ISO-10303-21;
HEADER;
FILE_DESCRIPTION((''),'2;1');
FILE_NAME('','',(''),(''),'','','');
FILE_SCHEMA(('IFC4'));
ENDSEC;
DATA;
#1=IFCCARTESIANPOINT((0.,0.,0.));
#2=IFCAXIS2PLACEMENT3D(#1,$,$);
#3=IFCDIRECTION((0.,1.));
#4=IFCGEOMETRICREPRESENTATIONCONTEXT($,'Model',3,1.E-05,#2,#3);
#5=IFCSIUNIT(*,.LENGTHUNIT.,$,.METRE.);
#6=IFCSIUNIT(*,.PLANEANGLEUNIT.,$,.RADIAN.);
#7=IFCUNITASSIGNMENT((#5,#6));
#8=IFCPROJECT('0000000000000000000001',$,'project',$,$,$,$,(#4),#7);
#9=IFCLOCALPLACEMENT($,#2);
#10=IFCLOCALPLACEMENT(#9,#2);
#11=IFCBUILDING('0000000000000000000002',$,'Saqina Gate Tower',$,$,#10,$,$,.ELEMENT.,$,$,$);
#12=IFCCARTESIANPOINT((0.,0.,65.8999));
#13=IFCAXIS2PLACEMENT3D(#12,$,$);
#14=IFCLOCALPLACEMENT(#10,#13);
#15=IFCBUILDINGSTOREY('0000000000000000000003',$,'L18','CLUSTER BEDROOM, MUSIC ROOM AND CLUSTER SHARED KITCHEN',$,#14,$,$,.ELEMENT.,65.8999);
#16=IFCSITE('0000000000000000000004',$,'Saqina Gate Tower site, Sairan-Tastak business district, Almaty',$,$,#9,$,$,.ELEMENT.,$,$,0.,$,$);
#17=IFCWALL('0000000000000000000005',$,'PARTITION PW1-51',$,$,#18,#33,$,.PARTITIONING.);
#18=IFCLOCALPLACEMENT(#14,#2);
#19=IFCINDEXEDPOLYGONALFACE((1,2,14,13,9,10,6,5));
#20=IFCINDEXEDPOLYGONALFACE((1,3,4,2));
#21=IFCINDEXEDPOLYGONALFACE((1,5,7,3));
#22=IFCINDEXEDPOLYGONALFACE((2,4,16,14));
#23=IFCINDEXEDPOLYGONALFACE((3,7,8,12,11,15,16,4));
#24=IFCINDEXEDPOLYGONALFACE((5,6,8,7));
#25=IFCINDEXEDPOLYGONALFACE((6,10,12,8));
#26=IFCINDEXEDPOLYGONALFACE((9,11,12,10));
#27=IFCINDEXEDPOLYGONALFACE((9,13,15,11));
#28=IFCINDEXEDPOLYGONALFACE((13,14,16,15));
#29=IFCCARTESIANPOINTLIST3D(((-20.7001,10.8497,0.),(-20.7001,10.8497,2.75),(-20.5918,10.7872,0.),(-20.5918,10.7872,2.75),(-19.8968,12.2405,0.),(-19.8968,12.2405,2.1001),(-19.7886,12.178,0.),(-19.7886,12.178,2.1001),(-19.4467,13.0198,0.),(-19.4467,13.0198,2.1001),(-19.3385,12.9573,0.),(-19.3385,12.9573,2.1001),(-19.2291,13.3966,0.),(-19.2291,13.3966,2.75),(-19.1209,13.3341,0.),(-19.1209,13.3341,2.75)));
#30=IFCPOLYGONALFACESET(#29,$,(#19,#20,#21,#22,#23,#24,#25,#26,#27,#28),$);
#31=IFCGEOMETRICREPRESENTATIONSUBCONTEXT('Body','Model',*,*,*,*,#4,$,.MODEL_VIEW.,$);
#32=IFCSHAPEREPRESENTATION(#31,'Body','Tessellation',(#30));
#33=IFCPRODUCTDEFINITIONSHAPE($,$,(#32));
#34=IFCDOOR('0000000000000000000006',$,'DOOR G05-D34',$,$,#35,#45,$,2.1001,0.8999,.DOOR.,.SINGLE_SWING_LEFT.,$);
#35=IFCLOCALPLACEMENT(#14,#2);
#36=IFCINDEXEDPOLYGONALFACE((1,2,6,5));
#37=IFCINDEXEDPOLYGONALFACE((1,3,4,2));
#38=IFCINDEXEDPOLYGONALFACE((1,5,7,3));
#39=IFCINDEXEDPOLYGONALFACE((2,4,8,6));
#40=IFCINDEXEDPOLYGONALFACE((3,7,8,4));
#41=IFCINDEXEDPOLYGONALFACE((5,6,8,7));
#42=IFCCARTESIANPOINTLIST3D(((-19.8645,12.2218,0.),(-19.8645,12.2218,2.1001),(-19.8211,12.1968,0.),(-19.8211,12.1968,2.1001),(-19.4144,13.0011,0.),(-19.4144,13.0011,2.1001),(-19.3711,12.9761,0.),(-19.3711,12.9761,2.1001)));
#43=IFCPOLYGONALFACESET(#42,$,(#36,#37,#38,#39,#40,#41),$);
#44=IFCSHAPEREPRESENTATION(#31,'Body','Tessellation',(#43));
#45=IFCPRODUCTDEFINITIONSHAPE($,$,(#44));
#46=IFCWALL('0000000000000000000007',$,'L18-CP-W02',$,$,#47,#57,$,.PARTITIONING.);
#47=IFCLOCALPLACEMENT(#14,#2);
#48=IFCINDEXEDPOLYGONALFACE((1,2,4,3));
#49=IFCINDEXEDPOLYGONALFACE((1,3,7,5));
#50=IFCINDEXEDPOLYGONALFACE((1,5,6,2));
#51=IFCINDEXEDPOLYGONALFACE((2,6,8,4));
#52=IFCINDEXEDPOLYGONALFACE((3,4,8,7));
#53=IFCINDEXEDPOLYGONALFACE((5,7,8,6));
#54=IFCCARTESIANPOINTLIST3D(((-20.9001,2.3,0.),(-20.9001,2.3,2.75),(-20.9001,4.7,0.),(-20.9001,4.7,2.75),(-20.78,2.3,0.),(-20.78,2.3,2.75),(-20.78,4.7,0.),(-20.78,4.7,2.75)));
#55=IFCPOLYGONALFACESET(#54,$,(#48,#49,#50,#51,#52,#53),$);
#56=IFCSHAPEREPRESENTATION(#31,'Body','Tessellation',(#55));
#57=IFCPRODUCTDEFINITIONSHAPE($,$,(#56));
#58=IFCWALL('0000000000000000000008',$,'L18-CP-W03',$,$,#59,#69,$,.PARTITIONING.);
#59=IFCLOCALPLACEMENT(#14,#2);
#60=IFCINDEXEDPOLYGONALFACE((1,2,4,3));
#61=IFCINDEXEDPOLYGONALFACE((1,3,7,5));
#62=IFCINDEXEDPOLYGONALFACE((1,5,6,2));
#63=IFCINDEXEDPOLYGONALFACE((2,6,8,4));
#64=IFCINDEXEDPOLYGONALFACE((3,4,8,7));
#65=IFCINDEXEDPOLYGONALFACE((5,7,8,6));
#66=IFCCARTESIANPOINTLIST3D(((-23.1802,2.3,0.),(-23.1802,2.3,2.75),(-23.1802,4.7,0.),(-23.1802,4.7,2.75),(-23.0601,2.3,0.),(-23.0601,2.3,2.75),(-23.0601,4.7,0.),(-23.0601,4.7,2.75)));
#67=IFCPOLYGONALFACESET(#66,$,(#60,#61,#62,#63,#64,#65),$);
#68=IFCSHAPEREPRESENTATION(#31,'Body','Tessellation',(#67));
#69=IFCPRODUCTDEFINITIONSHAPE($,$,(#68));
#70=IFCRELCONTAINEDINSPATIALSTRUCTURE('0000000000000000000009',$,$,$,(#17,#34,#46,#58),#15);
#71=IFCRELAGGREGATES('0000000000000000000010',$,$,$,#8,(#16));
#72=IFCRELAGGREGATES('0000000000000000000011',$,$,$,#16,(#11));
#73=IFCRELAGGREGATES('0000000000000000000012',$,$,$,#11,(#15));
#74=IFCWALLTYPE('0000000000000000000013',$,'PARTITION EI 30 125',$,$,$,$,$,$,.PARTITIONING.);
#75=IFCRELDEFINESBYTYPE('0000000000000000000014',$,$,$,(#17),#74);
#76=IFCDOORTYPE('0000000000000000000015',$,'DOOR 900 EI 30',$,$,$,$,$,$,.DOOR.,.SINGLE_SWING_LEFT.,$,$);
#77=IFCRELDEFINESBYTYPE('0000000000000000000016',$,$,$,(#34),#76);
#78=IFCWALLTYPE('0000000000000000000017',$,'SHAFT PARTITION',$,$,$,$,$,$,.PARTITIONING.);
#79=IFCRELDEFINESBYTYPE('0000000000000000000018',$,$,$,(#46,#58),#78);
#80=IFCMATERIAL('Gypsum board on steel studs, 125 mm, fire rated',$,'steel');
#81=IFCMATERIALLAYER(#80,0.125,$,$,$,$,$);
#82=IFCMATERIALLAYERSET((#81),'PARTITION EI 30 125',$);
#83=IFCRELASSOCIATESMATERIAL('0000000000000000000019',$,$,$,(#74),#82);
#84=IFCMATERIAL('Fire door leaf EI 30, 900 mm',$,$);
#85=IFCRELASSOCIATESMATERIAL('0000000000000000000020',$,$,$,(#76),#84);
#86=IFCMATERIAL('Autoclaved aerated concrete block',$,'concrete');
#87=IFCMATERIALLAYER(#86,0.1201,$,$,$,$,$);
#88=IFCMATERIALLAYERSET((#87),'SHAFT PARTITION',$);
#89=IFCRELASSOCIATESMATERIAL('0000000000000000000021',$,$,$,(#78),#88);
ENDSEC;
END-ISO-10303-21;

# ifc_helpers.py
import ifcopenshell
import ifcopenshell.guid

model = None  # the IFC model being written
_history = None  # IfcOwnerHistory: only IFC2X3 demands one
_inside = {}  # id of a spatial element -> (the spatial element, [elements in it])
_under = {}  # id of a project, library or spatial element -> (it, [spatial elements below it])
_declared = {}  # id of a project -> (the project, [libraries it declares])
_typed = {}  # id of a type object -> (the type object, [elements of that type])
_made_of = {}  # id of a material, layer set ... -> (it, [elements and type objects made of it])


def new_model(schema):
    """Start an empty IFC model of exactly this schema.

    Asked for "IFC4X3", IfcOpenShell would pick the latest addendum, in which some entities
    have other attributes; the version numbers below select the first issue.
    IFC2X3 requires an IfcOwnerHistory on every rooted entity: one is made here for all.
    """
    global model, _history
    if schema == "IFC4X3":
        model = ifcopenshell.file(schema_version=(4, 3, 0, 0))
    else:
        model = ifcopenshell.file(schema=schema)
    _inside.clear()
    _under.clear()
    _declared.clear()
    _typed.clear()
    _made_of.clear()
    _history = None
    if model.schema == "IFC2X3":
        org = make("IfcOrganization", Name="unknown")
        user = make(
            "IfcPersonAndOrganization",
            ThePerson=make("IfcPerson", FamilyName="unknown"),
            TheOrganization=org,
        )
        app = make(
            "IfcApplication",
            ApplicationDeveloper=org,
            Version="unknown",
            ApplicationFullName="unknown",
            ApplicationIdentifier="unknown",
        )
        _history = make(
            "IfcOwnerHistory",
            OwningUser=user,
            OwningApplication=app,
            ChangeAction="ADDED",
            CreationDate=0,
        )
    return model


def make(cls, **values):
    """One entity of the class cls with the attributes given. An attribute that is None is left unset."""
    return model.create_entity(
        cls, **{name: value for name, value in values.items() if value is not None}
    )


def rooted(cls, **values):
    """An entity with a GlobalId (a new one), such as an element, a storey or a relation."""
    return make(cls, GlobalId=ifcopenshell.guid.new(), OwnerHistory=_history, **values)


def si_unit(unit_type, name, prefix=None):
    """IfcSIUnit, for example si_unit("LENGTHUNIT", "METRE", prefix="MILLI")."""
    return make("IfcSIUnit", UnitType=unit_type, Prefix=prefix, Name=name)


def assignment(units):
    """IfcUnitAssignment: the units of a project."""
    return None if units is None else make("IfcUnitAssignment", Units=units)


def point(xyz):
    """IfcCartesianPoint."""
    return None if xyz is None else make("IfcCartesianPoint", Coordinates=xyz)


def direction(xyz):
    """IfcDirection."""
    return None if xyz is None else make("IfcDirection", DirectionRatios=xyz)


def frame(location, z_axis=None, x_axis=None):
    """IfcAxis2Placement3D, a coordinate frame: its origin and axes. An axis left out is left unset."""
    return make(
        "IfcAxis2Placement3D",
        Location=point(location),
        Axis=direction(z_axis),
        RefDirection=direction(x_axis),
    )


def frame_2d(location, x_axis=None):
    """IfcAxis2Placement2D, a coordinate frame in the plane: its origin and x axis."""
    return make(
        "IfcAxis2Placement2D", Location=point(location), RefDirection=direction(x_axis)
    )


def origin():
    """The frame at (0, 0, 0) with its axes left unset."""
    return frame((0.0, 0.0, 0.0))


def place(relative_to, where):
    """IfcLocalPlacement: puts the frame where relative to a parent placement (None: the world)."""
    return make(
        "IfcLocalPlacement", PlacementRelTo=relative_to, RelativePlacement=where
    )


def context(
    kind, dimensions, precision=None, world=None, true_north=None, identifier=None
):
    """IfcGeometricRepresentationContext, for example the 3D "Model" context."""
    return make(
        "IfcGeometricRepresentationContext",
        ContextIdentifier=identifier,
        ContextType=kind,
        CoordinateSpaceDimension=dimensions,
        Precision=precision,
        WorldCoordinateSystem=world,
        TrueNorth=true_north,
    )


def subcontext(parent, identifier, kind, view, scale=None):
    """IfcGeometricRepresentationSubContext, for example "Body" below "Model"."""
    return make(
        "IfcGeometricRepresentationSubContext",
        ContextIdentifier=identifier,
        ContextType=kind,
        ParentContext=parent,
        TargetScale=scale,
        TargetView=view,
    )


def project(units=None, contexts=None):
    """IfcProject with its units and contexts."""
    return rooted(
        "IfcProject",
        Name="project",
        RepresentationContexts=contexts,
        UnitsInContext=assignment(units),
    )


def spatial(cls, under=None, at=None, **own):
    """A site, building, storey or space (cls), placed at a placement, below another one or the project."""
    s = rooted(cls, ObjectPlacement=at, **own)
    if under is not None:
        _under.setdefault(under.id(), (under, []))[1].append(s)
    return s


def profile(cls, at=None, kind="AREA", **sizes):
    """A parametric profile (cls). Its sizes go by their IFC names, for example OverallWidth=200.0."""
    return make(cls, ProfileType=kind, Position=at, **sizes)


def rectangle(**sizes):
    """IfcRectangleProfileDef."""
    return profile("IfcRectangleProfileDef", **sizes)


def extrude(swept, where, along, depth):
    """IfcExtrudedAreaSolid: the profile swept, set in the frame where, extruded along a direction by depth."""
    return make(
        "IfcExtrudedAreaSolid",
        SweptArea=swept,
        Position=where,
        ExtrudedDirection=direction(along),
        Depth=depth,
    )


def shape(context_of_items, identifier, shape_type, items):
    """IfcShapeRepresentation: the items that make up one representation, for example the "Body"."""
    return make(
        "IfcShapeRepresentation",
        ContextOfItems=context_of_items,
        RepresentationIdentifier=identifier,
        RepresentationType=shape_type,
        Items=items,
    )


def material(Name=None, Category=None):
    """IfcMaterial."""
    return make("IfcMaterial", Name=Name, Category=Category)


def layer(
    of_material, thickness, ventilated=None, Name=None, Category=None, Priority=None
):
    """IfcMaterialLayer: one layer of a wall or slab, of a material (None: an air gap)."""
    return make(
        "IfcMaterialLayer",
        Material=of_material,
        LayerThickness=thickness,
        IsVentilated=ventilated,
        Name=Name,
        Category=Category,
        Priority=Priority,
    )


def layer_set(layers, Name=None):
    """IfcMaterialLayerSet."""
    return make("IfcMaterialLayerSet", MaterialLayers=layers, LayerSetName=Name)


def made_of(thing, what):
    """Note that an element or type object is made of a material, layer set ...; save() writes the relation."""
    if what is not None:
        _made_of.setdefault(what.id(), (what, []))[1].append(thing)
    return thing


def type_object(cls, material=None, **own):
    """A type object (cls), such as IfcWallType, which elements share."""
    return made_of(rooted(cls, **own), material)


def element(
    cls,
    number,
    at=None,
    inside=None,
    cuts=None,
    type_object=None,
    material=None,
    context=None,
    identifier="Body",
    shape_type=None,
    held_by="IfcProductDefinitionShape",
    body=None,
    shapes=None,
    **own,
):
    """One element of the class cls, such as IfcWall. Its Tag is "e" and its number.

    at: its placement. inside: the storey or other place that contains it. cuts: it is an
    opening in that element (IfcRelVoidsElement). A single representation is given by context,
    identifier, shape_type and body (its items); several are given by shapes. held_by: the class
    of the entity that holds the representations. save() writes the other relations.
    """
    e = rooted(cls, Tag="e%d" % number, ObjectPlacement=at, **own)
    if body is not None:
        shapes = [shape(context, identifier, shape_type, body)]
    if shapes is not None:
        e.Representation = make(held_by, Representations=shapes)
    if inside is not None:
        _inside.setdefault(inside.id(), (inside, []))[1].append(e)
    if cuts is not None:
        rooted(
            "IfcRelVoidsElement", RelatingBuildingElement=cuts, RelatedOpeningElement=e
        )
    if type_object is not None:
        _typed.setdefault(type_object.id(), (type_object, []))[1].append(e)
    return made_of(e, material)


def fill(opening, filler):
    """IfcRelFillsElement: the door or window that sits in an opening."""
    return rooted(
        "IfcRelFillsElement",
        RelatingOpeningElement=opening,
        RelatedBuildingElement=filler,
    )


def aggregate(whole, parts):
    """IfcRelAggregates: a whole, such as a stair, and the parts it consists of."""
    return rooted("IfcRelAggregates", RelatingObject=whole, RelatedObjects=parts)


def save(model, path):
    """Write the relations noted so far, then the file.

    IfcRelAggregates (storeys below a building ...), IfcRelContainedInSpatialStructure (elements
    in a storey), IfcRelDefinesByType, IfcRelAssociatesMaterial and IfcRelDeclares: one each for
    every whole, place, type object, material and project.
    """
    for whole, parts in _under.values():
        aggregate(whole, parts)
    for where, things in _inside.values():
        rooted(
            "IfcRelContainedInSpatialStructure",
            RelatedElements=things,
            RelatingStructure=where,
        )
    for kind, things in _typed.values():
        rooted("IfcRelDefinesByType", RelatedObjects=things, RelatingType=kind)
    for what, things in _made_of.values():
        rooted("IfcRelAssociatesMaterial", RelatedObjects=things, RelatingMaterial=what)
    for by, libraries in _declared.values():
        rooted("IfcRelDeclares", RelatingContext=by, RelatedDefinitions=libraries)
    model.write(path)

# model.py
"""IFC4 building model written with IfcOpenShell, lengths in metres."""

from ifc_helpers import new_model, si_unit, direction, frame, frame_2d, origin, place, context, subcontext, project, spatial, rectangle, extrude, material, layer, layer_set, type_object, element, fill, save


model = new_model("IFC4")

# Units and contexts
model_context = context("Model", 3, precision=1e-05, world=origin(), true_north=direction((0.0, 1.0)))
body_context = subcontext(model_context, "Body", "Model", "MODEL_VIEW")
ifc_project = project(units=[si_unit("LENGTHUNIT", "METRE"), si_unit("PLANEANGLEUNIT", "RADIAN")], contexts=[model_context])

# Site, building, storey
site_placement = place(None, origin())
site = spatial("IfcSite", under=ifc_project, at=site_placement, Name="Saqina Gate Tower site, Sairan-Tastak business district, Almaty", CompositionType="ELEMENT", RefElevation=0.0)
building_placement = place(site_placement, origin())
building = spatial("IfcBuilding", under=site, at=building_placement, Name="Saqina Gate Tower", CompositionType="ELEMENT")
storey_placement = place(building_placement, frame((0.0, 0.0, 65.8999)))
storey = spatial("IfcBuildingStorey", under=building, at=storey_placement, Name="L18", Description="CLUSTER BEDROOM, MUSIC ROOM AND CLUSTER SHARED KITCHEN", CompositionType="ELEMENT", Elevation=65.8999)

# Wall, opening, door
ifc_material_1 = material(Name="Gypsum board on steel studs, 125 mm, fire rated", Category="steel")
ifc_layer_1 = layer(ifc_material_1, 0.125)
ifc_layer_set_1 = layer_set([ifc_layer_1], Name="PARTITION EI 30 125")
wall_type_1 = type_object("IfcWallType", Name="PARTITION EI 30 125", PredefinedType="PARTITIONING", material=ifc_layer_set_1)
wall_1_placement = place(storey_placement, frame((-20.646, 10.8184, 0.0), z_axis=(0.0, 0.0, 1.0), x_axis=(0.50013, 0.865951, 0.0)))
wall_1 = element("IfcWall", 1, at=wall_1_placement, inside=storey, type_object=wall_type_1, Name="PARTITION PW1-51", PredefinedType="PARTITIONING", context=body_context, shape_type="SweptSolid", body=[
    extrude(rectangle(XDim=2.9412, YDim=0.125, at=frame_2d((1.4707, 0.0))), origin(), (0.0, 0.0, 1.0), 2.75),
])
opening_1_placement = place(wall_1_placement, frame((1.6062, 0.0, 0.0)))
opening_1 = element("IfcOpeningElement", 2, at=opening_1_placement, cuts=wall_1, PredefinedType="OPENING", context=body_context, shape_type="SweptSolid", body=[
    extrude(rectangle(XDim=0.8999, YDim=2.1001, at=frame_2d((0.45, 1.05))), frame((0.0, 0.0745, 0.0), z_axis=(0.0, -1.0, 0.0), x_axis=(1.0, 0.0, 0.0)), (0.0, 0.0, 1.0), 0.1489),
])
ifc_material_2 = material(Name="Fire door leaf EI 30, 900 mm")
door_type_1 = type_object("IfcDoorType", Name="DOOR 900 EI 30", OperationType="SINGLE_SWING_LEFT", PredefinedType="DOOR", material=ifc_material_2)
door_1_placement = place(opening_1_placement, frame((0.8999, 0.0, 0.0), z_axis=(0.0, 0.0, 1.0), x_axis=(-1.0, 0.0, 0.0)))
door_1 = element("IfcDoor", 3, at=door_1_placement, inside=storey, type_object=door_type_1, Name="DOOR G05-D34", OperationType="SINGLE_SWING_LEFT", OverallHeight=2.1001, OverallWidth=0.8999, PredefinedType="DOOR", context=body_context, shape_type="SweptSolid", body=[
    extrude(rectangle(XDim=0.8999, YDim=2.1001, at=frame_2d((0.45, 1.05))), frame((0.0, 0.0249, 0.0), z_axis=(0.0, -1.0, 0.0), x_axis=(1.0, 0.0, 0.0)), (0.0, 0.0, 1.0), 0.05),
])
fill(opening_1, door_1)

# Walls
ifc_material_3 = material(Name="Autoclaved aerated concrete block", Category="concrete")
ifc_layer_2 = layer(ifc_material_3, 0.1201)
ifc_layer_set_2 = layer_set([ifc_layer_2], Name="SHAFT PARTITION")
wall_type_2 = type_object("IfcWallType", Name="SHAFT PARTITION", PredefinedType="PARTITIONING", material=ifc_layer_set_2)
for number, where, z_axis, x_axis, name in (
    (4, (-20.8401, 2.3, 0.0), (0.0, 0.0, 1.0), (0.0, 1.0, 0.0), "L18-CP-W02"),
    (5, (-23.1201, 2.3, 0.0), (0.0, 0.0, 1.0), (0.0, 1.0, 0.0), "L18-CP-W03"),
):
    element("IfcWall", number, at=place(storey_placement, frame(where, z_axis=z_axis, x_axis=x_axis)), inside=storey, type_object=wall_type_2, Name=name, PredefinedType="PARTITIONING", context=body_context, shape_type="SweptSolid", body=[
        extrude(rectangle(XDim=2.3999, YDim=0.1201, at=frame_2d((1.2, 0.0))), origin(), (0.0, 0.0, 1.0), 2.75),
    ])

save(model, "model.ifc")
